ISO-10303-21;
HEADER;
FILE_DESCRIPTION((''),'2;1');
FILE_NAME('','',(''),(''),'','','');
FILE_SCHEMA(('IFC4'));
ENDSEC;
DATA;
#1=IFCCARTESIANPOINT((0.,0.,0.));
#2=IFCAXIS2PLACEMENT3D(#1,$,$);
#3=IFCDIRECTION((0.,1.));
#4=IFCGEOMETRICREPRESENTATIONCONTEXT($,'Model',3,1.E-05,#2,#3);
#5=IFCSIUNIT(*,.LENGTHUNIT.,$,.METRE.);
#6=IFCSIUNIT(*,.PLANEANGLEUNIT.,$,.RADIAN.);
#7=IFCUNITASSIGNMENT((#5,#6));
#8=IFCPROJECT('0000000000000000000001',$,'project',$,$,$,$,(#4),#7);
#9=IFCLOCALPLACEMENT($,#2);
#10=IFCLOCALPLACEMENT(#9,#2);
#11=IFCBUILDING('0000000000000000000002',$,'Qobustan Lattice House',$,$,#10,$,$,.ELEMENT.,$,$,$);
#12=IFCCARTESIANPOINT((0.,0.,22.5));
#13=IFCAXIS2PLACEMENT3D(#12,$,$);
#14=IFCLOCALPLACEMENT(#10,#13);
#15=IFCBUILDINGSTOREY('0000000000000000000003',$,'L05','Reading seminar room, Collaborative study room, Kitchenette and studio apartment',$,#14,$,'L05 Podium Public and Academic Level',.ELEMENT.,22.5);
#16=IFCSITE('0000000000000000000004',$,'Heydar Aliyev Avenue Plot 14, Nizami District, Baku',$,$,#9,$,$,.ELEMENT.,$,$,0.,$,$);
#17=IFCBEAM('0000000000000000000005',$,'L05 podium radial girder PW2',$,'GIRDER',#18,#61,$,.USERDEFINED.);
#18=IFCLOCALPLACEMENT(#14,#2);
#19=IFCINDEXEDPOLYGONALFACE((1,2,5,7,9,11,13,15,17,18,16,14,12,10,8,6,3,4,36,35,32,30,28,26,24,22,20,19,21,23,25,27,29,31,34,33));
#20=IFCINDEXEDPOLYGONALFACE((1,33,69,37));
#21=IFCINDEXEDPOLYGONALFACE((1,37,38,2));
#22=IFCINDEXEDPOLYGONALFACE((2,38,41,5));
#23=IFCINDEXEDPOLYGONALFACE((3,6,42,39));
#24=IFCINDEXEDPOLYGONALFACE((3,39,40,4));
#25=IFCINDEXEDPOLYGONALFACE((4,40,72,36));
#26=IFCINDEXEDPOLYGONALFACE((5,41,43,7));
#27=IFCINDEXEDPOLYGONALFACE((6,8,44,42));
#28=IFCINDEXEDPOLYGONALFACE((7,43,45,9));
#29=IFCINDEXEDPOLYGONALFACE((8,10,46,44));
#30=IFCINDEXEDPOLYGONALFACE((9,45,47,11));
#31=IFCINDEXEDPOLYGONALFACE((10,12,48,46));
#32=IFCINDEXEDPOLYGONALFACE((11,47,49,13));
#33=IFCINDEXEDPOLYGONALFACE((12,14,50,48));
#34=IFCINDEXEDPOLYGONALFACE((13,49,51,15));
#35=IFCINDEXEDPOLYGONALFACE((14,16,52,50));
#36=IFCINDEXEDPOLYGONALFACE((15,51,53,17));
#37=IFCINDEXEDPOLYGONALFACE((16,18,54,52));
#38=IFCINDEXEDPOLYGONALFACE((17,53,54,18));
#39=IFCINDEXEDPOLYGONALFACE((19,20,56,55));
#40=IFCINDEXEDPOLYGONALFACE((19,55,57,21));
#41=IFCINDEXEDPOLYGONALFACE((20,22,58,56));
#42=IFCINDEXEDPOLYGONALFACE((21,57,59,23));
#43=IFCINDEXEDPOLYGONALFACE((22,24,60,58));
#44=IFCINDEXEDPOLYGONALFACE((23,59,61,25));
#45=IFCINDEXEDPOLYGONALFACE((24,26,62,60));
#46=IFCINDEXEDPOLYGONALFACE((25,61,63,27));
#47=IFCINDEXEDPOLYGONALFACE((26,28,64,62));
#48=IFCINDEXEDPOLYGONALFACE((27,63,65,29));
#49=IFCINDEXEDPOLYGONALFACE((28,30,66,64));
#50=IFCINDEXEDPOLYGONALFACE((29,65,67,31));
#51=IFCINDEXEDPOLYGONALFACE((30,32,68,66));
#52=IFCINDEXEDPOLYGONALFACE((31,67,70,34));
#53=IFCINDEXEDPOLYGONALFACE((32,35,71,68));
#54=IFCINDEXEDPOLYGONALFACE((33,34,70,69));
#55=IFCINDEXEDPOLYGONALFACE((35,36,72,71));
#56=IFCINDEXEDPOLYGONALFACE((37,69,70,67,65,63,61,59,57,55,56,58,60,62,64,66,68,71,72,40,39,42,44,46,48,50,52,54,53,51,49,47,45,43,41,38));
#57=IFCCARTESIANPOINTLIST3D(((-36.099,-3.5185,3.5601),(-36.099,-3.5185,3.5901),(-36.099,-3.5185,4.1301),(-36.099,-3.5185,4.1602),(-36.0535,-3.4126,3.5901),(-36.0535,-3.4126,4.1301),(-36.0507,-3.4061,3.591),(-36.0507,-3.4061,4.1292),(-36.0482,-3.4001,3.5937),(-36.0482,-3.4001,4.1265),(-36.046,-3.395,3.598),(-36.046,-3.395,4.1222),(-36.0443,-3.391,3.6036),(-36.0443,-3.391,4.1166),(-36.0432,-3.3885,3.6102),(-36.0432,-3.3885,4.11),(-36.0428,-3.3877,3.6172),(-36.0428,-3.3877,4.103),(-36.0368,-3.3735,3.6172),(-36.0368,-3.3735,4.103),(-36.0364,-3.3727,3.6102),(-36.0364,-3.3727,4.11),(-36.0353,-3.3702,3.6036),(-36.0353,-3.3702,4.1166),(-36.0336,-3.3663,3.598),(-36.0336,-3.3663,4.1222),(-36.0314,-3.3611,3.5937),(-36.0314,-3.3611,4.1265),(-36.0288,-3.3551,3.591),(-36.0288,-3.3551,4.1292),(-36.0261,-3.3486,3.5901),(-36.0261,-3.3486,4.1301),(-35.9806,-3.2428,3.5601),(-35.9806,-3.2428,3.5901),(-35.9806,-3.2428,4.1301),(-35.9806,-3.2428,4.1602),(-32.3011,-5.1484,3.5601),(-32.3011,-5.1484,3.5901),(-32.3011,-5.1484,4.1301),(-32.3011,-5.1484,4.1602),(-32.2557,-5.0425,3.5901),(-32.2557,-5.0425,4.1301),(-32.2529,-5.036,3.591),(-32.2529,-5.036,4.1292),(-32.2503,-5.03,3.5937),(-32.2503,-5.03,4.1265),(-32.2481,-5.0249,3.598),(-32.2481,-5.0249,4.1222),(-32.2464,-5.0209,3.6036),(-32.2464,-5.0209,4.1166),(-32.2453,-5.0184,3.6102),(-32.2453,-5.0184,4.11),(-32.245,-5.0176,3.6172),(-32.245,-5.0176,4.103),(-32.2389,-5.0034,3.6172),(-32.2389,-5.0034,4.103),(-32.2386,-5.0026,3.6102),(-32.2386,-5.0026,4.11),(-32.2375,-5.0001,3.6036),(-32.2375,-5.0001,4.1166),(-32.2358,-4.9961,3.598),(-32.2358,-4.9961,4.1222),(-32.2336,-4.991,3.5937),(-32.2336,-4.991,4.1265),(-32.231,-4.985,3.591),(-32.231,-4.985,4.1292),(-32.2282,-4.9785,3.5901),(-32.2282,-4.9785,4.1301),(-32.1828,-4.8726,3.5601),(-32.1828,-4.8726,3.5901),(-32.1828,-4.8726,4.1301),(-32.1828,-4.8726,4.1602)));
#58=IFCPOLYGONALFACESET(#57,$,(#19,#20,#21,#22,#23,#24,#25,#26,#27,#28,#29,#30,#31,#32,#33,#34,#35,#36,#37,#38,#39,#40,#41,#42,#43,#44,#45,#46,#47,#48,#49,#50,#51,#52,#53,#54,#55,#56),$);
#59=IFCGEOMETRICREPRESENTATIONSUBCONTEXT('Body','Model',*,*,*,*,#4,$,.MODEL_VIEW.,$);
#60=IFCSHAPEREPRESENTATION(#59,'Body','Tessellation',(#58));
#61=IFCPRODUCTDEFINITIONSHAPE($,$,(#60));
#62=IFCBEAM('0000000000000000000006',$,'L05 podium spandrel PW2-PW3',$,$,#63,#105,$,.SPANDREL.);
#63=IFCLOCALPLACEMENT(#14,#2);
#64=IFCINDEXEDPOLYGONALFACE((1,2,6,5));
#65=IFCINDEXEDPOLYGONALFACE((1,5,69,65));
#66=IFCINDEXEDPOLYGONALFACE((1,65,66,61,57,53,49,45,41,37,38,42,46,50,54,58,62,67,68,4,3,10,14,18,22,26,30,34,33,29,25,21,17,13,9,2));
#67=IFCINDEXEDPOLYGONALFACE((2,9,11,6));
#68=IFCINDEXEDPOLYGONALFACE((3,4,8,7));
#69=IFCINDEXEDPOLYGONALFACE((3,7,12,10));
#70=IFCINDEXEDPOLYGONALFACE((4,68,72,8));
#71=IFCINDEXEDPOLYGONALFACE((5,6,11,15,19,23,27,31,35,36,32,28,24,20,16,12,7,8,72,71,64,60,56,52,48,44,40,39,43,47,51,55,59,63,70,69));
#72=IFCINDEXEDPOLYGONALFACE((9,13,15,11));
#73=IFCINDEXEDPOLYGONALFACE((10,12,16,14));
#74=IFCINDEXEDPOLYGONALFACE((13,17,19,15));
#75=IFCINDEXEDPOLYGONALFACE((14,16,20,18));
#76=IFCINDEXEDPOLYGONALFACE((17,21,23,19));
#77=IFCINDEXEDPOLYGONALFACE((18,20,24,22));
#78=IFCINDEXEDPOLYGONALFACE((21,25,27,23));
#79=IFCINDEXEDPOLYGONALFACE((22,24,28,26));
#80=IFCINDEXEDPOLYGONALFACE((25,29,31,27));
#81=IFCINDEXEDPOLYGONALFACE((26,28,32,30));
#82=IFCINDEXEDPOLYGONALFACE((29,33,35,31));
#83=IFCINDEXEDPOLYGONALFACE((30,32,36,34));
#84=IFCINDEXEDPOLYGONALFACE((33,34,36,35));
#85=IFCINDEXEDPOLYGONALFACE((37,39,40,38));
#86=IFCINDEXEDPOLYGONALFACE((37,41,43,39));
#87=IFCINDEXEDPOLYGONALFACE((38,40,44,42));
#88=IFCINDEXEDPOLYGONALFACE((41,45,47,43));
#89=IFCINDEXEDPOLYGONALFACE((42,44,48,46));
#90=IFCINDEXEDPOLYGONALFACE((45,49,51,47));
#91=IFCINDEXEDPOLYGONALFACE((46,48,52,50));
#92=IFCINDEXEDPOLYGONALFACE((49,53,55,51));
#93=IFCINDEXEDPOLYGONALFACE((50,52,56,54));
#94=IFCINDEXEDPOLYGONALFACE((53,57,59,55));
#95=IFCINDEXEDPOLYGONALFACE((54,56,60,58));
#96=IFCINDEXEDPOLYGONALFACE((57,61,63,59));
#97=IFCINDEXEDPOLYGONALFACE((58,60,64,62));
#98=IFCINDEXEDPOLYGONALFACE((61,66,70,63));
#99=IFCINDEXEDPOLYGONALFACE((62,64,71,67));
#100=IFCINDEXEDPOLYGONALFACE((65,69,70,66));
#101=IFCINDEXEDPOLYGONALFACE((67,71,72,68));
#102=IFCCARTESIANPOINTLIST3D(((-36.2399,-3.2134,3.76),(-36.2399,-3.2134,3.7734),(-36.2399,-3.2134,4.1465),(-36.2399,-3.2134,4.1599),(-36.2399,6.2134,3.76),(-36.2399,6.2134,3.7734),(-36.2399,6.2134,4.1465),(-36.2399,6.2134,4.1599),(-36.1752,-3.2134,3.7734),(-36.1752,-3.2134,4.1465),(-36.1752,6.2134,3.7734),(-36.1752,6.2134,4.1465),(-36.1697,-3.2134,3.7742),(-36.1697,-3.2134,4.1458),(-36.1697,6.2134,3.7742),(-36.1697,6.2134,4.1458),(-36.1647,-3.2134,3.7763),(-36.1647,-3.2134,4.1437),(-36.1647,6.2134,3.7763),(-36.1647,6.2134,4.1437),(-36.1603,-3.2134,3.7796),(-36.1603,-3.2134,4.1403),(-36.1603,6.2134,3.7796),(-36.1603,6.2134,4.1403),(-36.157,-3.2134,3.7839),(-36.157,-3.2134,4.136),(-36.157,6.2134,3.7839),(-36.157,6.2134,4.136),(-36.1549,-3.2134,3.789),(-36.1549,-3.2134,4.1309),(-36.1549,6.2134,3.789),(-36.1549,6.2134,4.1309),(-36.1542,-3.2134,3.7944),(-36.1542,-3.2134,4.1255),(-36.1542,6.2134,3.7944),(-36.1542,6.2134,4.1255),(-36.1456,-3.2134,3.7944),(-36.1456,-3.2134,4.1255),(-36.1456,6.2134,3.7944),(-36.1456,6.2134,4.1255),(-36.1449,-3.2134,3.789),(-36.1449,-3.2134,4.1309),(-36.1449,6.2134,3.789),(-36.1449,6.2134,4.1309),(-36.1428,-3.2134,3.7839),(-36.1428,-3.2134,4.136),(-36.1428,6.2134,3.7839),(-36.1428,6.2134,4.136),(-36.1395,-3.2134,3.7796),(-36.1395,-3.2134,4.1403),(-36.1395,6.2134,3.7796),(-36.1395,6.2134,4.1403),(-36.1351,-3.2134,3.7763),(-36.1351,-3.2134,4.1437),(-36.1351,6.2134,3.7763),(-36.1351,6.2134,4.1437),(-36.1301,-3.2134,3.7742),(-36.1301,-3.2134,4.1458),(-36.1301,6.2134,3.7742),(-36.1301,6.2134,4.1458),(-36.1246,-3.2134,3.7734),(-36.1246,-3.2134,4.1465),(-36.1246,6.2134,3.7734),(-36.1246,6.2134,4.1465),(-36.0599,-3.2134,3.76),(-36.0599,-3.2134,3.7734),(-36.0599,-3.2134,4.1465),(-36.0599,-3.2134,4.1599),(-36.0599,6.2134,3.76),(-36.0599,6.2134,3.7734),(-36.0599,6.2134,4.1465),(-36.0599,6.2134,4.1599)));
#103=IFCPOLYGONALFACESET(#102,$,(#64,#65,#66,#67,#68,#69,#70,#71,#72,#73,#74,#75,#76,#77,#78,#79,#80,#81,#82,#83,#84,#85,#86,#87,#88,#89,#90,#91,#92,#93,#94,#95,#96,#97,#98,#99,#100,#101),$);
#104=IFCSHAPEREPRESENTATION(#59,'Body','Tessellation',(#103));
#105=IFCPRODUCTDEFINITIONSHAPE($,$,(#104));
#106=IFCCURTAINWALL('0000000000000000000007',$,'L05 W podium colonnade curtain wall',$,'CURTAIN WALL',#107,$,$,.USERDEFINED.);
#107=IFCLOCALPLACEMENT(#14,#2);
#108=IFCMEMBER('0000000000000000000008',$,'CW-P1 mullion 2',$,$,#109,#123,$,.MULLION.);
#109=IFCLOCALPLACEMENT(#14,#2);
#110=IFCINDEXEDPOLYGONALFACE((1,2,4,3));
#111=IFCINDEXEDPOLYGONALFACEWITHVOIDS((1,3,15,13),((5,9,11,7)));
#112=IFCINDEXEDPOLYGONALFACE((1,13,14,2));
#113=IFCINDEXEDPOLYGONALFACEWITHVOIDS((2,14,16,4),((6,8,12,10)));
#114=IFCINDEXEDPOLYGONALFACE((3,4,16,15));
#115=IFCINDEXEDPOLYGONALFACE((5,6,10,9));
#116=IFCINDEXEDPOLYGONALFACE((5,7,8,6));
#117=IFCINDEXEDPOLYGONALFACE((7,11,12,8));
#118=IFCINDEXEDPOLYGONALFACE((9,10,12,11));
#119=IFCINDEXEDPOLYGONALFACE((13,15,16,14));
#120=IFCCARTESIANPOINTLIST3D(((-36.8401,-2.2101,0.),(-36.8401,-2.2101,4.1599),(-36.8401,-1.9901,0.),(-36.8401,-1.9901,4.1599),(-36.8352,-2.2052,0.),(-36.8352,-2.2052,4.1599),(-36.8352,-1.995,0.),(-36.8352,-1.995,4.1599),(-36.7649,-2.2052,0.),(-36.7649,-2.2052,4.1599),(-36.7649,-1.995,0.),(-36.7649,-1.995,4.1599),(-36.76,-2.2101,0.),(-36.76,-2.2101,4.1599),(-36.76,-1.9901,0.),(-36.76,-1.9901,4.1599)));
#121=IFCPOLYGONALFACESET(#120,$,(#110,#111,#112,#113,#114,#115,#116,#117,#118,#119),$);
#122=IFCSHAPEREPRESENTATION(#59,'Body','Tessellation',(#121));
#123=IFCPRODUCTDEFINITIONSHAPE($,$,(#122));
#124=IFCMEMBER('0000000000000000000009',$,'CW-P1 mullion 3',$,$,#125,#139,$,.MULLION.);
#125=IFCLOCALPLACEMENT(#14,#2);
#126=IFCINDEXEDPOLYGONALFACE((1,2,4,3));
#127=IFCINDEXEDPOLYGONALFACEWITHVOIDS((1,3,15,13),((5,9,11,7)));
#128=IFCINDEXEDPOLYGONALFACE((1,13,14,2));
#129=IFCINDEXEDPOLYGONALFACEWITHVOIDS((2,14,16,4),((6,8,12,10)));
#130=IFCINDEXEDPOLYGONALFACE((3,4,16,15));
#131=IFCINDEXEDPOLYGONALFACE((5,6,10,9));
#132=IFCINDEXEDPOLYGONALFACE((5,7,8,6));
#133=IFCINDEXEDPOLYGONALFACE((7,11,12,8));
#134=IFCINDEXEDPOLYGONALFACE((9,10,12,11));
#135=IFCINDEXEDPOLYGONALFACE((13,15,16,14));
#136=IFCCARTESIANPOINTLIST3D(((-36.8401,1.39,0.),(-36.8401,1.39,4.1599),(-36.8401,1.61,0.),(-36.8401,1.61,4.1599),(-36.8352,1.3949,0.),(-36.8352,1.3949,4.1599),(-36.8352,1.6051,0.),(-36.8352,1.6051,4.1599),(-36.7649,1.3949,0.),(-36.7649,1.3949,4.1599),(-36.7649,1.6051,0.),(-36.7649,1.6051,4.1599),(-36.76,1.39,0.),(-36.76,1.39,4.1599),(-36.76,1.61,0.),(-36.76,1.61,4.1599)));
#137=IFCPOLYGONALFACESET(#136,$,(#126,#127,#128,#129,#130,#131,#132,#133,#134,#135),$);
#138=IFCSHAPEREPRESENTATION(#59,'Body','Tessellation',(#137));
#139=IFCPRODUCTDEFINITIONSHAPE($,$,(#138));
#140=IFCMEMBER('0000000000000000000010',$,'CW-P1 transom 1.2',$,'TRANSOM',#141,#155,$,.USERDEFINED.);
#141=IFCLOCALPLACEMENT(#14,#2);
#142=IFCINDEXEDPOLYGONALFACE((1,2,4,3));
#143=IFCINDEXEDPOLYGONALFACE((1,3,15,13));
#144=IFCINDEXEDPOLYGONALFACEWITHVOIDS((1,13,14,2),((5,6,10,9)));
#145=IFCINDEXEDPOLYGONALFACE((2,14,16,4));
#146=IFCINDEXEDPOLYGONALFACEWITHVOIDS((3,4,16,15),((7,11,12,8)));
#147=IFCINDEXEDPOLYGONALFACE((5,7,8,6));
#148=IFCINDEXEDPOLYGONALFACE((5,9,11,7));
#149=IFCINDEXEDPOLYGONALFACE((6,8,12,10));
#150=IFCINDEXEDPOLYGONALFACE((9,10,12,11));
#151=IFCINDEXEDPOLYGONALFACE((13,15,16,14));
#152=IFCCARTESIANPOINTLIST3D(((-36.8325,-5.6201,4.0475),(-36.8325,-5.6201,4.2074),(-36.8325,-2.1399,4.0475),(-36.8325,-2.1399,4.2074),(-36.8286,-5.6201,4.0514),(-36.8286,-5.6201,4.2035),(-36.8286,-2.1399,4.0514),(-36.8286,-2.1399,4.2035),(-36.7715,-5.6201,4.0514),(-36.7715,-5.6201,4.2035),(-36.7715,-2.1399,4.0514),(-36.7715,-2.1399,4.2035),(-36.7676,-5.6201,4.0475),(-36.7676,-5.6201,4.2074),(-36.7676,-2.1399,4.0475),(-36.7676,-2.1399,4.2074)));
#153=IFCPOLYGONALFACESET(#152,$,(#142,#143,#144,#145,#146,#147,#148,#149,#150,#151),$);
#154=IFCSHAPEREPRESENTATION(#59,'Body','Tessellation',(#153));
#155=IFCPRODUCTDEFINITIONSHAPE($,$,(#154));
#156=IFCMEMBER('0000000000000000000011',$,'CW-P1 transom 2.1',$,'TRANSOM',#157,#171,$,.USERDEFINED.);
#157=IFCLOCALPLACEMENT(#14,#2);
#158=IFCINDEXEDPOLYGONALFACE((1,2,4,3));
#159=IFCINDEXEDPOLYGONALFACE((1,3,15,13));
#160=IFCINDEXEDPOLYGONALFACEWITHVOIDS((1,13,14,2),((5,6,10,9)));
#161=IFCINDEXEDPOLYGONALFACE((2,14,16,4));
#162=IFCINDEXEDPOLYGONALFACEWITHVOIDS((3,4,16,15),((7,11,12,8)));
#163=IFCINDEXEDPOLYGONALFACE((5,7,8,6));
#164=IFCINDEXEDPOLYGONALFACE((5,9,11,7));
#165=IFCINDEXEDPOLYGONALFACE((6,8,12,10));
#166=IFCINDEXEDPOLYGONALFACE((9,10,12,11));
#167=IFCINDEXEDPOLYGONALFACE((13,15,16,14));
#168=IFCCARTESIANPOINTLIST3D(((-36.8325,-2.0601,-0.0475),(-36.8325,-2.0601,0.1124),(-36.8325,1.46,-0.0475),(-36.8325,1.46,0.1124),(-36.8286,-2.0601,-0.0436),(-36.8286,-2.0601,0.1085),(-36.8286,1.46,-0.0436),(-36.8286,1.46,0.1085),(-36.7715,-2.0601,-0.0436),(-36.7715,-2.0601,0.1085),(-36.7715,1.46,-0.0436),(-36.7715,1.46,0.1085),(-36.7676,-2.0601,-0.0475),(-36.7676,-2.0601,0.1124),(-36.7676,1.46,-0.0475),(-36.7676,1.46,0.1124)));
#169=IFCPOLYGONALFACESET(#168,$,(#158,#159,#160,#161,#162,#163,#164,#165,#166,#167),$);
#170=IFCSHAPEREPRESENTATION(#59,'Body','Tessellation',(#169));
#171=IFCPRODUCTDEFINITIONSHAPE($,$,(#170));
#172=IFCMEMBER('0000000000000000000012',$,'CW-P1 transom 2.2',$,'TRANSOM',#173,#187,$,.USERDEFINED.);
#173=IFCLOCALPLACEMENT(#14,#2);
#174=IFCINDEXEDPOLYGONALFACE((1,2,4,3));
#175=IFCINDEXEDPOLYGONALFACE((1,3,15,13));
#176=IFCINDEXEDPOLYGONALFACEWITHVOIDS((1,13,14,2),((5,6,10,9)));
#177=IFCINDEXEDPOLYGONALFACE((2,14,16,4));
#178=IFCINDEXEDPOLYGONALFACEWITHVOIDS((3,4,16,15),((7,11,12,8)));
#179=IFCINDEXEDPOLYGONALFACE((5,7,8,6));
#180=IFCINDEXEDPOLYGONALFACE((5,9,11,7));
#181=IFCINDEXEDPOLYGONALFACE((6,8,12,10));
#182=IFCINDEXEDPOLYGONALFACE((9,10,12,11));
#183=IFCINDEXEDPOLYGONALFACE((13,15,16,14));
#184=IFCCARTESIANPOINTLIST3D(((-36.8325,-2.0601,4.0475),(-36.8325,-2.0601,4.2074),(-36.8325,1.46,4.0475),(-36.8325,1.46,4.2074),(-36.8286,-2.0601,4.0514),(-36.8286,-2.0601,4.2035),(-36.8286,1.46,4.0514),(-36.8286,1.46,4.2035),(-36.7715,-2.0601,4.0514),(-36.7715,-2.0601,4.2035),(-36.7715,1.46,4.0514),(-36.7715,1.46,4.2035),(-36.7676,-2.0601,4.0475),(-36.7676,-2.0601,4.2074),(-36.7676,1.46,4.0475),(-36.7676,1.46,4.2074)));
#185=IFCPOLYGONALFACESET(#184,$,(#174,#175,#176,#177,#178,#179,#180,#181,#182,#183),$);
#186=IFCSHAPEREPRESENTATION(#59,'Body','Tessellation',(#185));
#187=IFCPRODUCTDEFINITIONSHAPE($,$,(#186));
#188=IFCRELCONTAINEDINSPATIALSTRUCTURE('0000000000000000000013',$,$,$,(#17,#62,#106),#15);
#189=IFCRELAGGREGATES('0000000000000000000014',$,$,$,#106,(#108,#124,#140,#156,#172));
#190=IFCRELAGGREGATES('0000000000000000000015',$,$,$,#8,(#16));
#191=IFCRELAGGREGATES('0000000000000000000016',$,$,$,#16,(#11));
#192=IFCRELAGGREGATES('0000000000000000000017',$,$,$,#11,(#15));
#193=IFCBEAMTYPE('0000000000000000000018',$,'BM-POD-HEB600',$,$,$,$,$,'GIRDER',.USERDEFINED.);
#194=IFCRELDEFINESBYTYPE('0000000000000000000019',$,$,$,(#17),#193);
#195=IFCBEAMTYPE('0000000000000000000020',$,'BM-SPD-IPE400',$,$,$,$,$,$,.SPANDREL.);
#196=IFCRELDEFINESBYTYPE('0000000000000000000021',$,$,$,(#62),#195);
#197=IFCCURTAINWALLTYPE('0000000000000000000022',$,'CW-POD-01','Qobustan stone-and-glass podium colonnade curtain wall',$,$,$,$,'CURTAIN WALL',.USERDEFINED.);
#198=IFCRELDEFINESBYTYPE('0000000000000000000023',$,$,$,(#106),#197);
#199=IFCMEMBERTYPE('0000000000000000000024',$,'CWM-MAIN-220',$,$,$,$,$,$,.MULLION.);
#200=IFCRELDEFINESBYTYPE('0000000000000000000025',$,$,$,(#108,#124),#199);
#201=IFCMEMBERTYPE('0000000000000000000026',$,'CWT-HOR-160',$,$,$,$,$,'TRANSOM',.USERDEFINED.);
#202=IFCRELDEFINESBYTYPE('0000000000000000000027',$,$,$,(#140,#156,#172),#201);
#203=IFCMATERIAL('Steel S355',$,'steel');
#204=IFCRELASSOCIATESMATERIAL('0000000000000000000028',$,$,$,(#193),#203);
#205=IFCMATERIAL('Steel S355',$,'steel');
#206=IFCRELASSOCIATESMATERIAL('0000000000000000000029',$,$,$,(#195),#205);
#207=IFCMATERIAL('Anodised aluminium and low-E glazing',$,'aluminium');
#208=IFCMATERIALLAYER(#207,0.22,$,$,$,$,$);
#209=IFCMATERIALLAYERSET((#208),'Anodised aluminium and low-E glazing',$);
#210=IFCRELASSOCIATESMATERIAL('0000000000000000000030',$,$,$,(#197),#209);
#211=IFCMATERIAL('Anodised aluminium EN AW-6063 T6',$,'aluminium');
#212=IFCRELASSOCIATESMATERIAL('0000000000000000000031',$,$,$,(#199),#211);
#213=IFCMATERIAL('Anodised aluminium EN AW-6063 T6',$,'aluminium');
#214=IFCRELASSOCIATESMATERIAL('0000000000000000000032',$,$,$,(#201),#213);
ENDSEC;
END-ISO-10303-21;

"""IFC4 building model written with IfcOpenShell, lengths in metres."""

from ifc_helpers import new_model, si_unit, direction, frame, origin, origin_2d, place, context, subcontext, project, spatial, hollow_rectangle, i_section, extrude, material, layer, layer_set, material_profile, profile_set, type_object, element, aggregate, save


model = new_model("IFC4")

# Units and contexts
model_context = context("Model", 3, precision=1e-05, world=origin(), true_north=direction((0.0, 1.0)))
body_context = subcontext(model_context, "Body", "Model", "MODEL_VIEW")
ifc_project = project(units=[si_unit("LENGTHUNIT", "METRE"), si_unit("PLANEANGLEUNIT", "RADIAN")], contexts=[model_context])

# Site, building, storey
site_placement = place(None, origin())
site = spatial("IfcSite", under=ifc_project, at=site_placement, Name="Heydar Aliyev Avenue Plot 14, Nizami District, Baku", CompositionType="ELEMENT", RefElevation=0.0)
building_placement = place(site_placement, origin())
building = spatial("IfcBuilding", under=site, at=building_placement, Name="Qobustan Lattice House", CompositionType="ELEMENT")
storey_placement = place(building_placement, frame((0.0, 0.0, 22.5)))
storey = spatial("IfcBuildingStorey", under=building, at=storey_placement, Name="L05", Description="Reading seminar room, Collaborative study room, Kitchenette and studio apartment", LongName="L05 Podium Public and Academic Level", CompositionType="ELEMENT", Elevation=22.5)

# Beams
ifc_material_1 = material(Name="Steel S355", Category="steel")
ifc_material_profile_1 = material_profile(ifc_material_1, i_section(OverallWidth=0.3, OverallDepth=0.6001, WebThickness=0.0154, FlangeThickness=0.03, FilletRadius=0.0271, at=origin_2d()), Name="HEB600")
ifc_profile_set_1 = profile_set([ifc_material_profile_1], Name="Steel S355")
beam_type_1 = type_object("IfcBeamType", Name="BM-POD-HEB600", ElementType="GIRDER", PredefinedType="USERDEFINED", material=ifc_profile_set_1)
beam_1_placement = place(storey_placement, frame((-36.0398, -3.3806, 3.8601), z_axis=(0.918949, -0.394376, 0.0), x_axis=(0.394376, 0.918949, 0.0)))
element("IfcBeam", 1, at=beam_1_placement, inside=storey, type_object=beam_type_1, Name="L05 podium radial girder PW2", ObjectType="GIRDER", PredefinedType="USERDEFINED", context=body_context, shape_type="SweptSolid", body=[
    extrude(i_section(OverallWidth=0.3, OverallDepth=0.6001, WebThickness=0.0154, FlangeThickness=0.03, FilletRadius=0.0271, at=origin_2d()), origin(), (0.0, 0.0, 1.0), 4.1328),
])
ifc_material_2 = material(Name="Steel S355", Category="steel")
ifc_material_profile_2 = material_profile(ifc_material_2, i_section(OverallWidth=0.1799, OverallDepth=0.3999, WebThickness=0.0085, FlangeThickness=0.0134, FilletRadius=0.021, at=origin_2d()), Name="IPE400")
ifc_profile_set_2 = profile_set([ifc_material_profile_2], Name="Steel S355")
beam_type_2 = type_object("IfcBeamType", Name="BM-SPD-IPE400", PredefinedType="SPANDREL", material=ifc_profile_set_2)
beam_2_placement = place(storey_placement, frame((-36.1499, -3.2134, 3.96), z_axis=(0.0, 1.0, 0.0), x_axis=(-1.0, 0.0, 0.0)))
element("IfcBeam", 2, at=beam_2_placement, inside=storey, type_object=beam_type_2, Name="L05 podium spandrel PW2-PW3", PredefinedType="SPANDREL", context=body_context, shape_type="SweptSolid", body=[
    extrude(i_section(OverallWidth=0.1799, OverallDepth=0.3999, WebThickness=0.0085, FlangeThickness=0.0134, FilletRadius=0.021, at=origin_2d()), origin(), (0.0, 0.0, 1.0), 9.4268),
])

# Curtain wall, members
ifc_material_3 = material(Name="Anodised aluminium and low-E glazing", Category="aluminium")
ifc_layer_1 = layer(ifc_material_3, 0.22)
ifc_layer_set_1 = layer_set([ifc_layer_1], Name="Anodised aluminium and low-E glazing")
curtain_wall_type = type_object("IfcCurtainWallType", Name="CW-POD-01", Description="Qobustan stone-and-glass podium colonnade curtain wall", ElementType="CURTAIN WALL", PredefinedType="USERDEFINED", material=ifc_layer_set_1)
curtain_wall_placement = place(storey_placement, origin())
curtain_wall = element("IfcCurtainWall", 3, at=curtain_wall_placement, inside=storey, type_object=curtain_wall_type, Name="L05 W podium colonnade curtain wall", ObjectType="CURTAIN WALL", PredefinedType="USERDEFINED")
ifc_material_4 = material(Name="Anodised aluminium EN AW-6063 T6", Category="aluminium")
ifc_material_profile_3 = material_profile(ifc_material_4, hollow_rectangle(XDim=0.0801, YDim=0.22, WallThickness=0.0049, at=origin_2d()), Name="CWM-220x80")
ifc_profile_set_3 = profile_set([ifc_material_profile_3], Name="Anodised aluminium EN AW-6063 T6")
member_type_1 = type_object("IfcMemberType", Name="CWM-MAIN-220", PredefinedType="MULLION", material=ifc_profile_set_3)
member_1_placement = place(storey_placement, frame((-36.8, -2.1001, 0.0), z_axis=(0.0, 0.0, 1.0), x_axis=(-1.0, 0.0, 0.0)))
member_1 = element("IfcMember", 4, at=member_1_placement, type_object=member_type_1, Name="CW-P1 mullion 2", PredefinedType="MULLION", context=body_context, shape_type="SweptSolid", body=[
    extrude(hollow_rectangle(XDim=0.0801, YDim=0.22, WallThickness=0.0049, at=origin_2d()), origin(), (0.0, 0.0, 1.0), 4.1599),
])
member_2_placement = place(storey_placement, frame((-36.8, 1.5, 0.0), z_axis=(0.0, 0.0, 1.0), x_axis=(-1.0, 0.0, 0.0)))
member_2 = element("IfcMember", 5, at=member_2_placement, type_object=member_type_1, Name="CW-P1 mullion 3", PredefinedType="MULLION", context=body_context, shape_type="SweptSolid", body=[
    extrude(hollow_rectangle(XDim=0.0801, YDim=0.22, WallThickness=0.0049, at=origin_2d()), origin(), (0.0, 0.0, 1.0), 4.1599),
])
ifc_material_5 = material(Name="Anodised aluminium EN AW-6063 T6", Category="aluminium")
ifc_material_profile_4 = material_profile(ifc_material_5, hollow_rectangle(XDim=0.0649, YDim=0.1599, WallThickness=0.0039, at=origin_2d()), Name="CWT-160x65")
ifc_profile_set_4 = profile_set([ifc_material_profile_4], Name="Anodised aluminium EN AW-6063 T6")
member_type_2 = type_object("IfcMemberType", Name="CWT-HOR-160", ElementType="TRANSOM", PredefinedType="USERDEFINED", material=ifc_profile_set_4)
member_3_placement = place(storey_placement, frame((-36.8, -5.6201, 4.1274), z_axis=(0.0, 1.0, 0.0), x_axis=(-1.0, 0.0, 0.0)))
member_3 = element("IfcMember", 6, at=member_3_placement, type_object=member_type_2, Name="CW-P1 transom 1.2", ObjectType="TRANSOM", PredefinedType="USERDEFINED", context=body_context, shape_type="SweptSolid", body=[
    extrude(hollow_rectangle(XDim=0.0649, YDim=0.1599, WallThickness=0.0039, at=origin_2d()), origin(), (0.0, 0.0, 1.0), 3.4802),
])
member_4_placement = place(storey_placement, frame((-36.8, -2.0601, 0.0325), z_axis=(0.0, 1.0, 0.0), x_axis=(-1.0, 0.0, 0.0)))
member_4 = element("IfcMember", 7, at=member_4_placement, type_object=member_type_2, Name="CW-P1 transom 2.1", ObjectType="TRANSOM", PredefinedType="USERDEFINED", context=body_context, shape_type="SweptSolid", body=[
    extrude(hollow_rectangle(XDim=0.0649, YDim=0.1599, WallThickness=0.0039, at=origin_2d()), origin(), (0.0, 0.0, 1.0), 3.52),
])
member_5_placement = place(storey_placement, frame((-36.8, -2.0601, 4.1274), z_axis=(0.0, 1.0, 0.0), x_axis=(-1.0, 0.0, 0.0)))
member_5 = element("IfcMember", 8, at=member_5_placement, type_object=member_type_2, Name="CW-P1 transom 2.2", ObjectType="TRANSOM", PredefinedType="USERDEFINED", context=body_context, shape_type="SweptSolid", body=[
    extrude(hollow_rectangle(XDim=0.0649, YDim=0.1599, WallThickness=0.0039, at=origin_2d()), origin(), (0.0, 0.0, 1.0), 3.52),
])
aggregate(curtain_wall, [member_1, member_2, member_3, member_4, member_5])

save(model, "model.ifc")
